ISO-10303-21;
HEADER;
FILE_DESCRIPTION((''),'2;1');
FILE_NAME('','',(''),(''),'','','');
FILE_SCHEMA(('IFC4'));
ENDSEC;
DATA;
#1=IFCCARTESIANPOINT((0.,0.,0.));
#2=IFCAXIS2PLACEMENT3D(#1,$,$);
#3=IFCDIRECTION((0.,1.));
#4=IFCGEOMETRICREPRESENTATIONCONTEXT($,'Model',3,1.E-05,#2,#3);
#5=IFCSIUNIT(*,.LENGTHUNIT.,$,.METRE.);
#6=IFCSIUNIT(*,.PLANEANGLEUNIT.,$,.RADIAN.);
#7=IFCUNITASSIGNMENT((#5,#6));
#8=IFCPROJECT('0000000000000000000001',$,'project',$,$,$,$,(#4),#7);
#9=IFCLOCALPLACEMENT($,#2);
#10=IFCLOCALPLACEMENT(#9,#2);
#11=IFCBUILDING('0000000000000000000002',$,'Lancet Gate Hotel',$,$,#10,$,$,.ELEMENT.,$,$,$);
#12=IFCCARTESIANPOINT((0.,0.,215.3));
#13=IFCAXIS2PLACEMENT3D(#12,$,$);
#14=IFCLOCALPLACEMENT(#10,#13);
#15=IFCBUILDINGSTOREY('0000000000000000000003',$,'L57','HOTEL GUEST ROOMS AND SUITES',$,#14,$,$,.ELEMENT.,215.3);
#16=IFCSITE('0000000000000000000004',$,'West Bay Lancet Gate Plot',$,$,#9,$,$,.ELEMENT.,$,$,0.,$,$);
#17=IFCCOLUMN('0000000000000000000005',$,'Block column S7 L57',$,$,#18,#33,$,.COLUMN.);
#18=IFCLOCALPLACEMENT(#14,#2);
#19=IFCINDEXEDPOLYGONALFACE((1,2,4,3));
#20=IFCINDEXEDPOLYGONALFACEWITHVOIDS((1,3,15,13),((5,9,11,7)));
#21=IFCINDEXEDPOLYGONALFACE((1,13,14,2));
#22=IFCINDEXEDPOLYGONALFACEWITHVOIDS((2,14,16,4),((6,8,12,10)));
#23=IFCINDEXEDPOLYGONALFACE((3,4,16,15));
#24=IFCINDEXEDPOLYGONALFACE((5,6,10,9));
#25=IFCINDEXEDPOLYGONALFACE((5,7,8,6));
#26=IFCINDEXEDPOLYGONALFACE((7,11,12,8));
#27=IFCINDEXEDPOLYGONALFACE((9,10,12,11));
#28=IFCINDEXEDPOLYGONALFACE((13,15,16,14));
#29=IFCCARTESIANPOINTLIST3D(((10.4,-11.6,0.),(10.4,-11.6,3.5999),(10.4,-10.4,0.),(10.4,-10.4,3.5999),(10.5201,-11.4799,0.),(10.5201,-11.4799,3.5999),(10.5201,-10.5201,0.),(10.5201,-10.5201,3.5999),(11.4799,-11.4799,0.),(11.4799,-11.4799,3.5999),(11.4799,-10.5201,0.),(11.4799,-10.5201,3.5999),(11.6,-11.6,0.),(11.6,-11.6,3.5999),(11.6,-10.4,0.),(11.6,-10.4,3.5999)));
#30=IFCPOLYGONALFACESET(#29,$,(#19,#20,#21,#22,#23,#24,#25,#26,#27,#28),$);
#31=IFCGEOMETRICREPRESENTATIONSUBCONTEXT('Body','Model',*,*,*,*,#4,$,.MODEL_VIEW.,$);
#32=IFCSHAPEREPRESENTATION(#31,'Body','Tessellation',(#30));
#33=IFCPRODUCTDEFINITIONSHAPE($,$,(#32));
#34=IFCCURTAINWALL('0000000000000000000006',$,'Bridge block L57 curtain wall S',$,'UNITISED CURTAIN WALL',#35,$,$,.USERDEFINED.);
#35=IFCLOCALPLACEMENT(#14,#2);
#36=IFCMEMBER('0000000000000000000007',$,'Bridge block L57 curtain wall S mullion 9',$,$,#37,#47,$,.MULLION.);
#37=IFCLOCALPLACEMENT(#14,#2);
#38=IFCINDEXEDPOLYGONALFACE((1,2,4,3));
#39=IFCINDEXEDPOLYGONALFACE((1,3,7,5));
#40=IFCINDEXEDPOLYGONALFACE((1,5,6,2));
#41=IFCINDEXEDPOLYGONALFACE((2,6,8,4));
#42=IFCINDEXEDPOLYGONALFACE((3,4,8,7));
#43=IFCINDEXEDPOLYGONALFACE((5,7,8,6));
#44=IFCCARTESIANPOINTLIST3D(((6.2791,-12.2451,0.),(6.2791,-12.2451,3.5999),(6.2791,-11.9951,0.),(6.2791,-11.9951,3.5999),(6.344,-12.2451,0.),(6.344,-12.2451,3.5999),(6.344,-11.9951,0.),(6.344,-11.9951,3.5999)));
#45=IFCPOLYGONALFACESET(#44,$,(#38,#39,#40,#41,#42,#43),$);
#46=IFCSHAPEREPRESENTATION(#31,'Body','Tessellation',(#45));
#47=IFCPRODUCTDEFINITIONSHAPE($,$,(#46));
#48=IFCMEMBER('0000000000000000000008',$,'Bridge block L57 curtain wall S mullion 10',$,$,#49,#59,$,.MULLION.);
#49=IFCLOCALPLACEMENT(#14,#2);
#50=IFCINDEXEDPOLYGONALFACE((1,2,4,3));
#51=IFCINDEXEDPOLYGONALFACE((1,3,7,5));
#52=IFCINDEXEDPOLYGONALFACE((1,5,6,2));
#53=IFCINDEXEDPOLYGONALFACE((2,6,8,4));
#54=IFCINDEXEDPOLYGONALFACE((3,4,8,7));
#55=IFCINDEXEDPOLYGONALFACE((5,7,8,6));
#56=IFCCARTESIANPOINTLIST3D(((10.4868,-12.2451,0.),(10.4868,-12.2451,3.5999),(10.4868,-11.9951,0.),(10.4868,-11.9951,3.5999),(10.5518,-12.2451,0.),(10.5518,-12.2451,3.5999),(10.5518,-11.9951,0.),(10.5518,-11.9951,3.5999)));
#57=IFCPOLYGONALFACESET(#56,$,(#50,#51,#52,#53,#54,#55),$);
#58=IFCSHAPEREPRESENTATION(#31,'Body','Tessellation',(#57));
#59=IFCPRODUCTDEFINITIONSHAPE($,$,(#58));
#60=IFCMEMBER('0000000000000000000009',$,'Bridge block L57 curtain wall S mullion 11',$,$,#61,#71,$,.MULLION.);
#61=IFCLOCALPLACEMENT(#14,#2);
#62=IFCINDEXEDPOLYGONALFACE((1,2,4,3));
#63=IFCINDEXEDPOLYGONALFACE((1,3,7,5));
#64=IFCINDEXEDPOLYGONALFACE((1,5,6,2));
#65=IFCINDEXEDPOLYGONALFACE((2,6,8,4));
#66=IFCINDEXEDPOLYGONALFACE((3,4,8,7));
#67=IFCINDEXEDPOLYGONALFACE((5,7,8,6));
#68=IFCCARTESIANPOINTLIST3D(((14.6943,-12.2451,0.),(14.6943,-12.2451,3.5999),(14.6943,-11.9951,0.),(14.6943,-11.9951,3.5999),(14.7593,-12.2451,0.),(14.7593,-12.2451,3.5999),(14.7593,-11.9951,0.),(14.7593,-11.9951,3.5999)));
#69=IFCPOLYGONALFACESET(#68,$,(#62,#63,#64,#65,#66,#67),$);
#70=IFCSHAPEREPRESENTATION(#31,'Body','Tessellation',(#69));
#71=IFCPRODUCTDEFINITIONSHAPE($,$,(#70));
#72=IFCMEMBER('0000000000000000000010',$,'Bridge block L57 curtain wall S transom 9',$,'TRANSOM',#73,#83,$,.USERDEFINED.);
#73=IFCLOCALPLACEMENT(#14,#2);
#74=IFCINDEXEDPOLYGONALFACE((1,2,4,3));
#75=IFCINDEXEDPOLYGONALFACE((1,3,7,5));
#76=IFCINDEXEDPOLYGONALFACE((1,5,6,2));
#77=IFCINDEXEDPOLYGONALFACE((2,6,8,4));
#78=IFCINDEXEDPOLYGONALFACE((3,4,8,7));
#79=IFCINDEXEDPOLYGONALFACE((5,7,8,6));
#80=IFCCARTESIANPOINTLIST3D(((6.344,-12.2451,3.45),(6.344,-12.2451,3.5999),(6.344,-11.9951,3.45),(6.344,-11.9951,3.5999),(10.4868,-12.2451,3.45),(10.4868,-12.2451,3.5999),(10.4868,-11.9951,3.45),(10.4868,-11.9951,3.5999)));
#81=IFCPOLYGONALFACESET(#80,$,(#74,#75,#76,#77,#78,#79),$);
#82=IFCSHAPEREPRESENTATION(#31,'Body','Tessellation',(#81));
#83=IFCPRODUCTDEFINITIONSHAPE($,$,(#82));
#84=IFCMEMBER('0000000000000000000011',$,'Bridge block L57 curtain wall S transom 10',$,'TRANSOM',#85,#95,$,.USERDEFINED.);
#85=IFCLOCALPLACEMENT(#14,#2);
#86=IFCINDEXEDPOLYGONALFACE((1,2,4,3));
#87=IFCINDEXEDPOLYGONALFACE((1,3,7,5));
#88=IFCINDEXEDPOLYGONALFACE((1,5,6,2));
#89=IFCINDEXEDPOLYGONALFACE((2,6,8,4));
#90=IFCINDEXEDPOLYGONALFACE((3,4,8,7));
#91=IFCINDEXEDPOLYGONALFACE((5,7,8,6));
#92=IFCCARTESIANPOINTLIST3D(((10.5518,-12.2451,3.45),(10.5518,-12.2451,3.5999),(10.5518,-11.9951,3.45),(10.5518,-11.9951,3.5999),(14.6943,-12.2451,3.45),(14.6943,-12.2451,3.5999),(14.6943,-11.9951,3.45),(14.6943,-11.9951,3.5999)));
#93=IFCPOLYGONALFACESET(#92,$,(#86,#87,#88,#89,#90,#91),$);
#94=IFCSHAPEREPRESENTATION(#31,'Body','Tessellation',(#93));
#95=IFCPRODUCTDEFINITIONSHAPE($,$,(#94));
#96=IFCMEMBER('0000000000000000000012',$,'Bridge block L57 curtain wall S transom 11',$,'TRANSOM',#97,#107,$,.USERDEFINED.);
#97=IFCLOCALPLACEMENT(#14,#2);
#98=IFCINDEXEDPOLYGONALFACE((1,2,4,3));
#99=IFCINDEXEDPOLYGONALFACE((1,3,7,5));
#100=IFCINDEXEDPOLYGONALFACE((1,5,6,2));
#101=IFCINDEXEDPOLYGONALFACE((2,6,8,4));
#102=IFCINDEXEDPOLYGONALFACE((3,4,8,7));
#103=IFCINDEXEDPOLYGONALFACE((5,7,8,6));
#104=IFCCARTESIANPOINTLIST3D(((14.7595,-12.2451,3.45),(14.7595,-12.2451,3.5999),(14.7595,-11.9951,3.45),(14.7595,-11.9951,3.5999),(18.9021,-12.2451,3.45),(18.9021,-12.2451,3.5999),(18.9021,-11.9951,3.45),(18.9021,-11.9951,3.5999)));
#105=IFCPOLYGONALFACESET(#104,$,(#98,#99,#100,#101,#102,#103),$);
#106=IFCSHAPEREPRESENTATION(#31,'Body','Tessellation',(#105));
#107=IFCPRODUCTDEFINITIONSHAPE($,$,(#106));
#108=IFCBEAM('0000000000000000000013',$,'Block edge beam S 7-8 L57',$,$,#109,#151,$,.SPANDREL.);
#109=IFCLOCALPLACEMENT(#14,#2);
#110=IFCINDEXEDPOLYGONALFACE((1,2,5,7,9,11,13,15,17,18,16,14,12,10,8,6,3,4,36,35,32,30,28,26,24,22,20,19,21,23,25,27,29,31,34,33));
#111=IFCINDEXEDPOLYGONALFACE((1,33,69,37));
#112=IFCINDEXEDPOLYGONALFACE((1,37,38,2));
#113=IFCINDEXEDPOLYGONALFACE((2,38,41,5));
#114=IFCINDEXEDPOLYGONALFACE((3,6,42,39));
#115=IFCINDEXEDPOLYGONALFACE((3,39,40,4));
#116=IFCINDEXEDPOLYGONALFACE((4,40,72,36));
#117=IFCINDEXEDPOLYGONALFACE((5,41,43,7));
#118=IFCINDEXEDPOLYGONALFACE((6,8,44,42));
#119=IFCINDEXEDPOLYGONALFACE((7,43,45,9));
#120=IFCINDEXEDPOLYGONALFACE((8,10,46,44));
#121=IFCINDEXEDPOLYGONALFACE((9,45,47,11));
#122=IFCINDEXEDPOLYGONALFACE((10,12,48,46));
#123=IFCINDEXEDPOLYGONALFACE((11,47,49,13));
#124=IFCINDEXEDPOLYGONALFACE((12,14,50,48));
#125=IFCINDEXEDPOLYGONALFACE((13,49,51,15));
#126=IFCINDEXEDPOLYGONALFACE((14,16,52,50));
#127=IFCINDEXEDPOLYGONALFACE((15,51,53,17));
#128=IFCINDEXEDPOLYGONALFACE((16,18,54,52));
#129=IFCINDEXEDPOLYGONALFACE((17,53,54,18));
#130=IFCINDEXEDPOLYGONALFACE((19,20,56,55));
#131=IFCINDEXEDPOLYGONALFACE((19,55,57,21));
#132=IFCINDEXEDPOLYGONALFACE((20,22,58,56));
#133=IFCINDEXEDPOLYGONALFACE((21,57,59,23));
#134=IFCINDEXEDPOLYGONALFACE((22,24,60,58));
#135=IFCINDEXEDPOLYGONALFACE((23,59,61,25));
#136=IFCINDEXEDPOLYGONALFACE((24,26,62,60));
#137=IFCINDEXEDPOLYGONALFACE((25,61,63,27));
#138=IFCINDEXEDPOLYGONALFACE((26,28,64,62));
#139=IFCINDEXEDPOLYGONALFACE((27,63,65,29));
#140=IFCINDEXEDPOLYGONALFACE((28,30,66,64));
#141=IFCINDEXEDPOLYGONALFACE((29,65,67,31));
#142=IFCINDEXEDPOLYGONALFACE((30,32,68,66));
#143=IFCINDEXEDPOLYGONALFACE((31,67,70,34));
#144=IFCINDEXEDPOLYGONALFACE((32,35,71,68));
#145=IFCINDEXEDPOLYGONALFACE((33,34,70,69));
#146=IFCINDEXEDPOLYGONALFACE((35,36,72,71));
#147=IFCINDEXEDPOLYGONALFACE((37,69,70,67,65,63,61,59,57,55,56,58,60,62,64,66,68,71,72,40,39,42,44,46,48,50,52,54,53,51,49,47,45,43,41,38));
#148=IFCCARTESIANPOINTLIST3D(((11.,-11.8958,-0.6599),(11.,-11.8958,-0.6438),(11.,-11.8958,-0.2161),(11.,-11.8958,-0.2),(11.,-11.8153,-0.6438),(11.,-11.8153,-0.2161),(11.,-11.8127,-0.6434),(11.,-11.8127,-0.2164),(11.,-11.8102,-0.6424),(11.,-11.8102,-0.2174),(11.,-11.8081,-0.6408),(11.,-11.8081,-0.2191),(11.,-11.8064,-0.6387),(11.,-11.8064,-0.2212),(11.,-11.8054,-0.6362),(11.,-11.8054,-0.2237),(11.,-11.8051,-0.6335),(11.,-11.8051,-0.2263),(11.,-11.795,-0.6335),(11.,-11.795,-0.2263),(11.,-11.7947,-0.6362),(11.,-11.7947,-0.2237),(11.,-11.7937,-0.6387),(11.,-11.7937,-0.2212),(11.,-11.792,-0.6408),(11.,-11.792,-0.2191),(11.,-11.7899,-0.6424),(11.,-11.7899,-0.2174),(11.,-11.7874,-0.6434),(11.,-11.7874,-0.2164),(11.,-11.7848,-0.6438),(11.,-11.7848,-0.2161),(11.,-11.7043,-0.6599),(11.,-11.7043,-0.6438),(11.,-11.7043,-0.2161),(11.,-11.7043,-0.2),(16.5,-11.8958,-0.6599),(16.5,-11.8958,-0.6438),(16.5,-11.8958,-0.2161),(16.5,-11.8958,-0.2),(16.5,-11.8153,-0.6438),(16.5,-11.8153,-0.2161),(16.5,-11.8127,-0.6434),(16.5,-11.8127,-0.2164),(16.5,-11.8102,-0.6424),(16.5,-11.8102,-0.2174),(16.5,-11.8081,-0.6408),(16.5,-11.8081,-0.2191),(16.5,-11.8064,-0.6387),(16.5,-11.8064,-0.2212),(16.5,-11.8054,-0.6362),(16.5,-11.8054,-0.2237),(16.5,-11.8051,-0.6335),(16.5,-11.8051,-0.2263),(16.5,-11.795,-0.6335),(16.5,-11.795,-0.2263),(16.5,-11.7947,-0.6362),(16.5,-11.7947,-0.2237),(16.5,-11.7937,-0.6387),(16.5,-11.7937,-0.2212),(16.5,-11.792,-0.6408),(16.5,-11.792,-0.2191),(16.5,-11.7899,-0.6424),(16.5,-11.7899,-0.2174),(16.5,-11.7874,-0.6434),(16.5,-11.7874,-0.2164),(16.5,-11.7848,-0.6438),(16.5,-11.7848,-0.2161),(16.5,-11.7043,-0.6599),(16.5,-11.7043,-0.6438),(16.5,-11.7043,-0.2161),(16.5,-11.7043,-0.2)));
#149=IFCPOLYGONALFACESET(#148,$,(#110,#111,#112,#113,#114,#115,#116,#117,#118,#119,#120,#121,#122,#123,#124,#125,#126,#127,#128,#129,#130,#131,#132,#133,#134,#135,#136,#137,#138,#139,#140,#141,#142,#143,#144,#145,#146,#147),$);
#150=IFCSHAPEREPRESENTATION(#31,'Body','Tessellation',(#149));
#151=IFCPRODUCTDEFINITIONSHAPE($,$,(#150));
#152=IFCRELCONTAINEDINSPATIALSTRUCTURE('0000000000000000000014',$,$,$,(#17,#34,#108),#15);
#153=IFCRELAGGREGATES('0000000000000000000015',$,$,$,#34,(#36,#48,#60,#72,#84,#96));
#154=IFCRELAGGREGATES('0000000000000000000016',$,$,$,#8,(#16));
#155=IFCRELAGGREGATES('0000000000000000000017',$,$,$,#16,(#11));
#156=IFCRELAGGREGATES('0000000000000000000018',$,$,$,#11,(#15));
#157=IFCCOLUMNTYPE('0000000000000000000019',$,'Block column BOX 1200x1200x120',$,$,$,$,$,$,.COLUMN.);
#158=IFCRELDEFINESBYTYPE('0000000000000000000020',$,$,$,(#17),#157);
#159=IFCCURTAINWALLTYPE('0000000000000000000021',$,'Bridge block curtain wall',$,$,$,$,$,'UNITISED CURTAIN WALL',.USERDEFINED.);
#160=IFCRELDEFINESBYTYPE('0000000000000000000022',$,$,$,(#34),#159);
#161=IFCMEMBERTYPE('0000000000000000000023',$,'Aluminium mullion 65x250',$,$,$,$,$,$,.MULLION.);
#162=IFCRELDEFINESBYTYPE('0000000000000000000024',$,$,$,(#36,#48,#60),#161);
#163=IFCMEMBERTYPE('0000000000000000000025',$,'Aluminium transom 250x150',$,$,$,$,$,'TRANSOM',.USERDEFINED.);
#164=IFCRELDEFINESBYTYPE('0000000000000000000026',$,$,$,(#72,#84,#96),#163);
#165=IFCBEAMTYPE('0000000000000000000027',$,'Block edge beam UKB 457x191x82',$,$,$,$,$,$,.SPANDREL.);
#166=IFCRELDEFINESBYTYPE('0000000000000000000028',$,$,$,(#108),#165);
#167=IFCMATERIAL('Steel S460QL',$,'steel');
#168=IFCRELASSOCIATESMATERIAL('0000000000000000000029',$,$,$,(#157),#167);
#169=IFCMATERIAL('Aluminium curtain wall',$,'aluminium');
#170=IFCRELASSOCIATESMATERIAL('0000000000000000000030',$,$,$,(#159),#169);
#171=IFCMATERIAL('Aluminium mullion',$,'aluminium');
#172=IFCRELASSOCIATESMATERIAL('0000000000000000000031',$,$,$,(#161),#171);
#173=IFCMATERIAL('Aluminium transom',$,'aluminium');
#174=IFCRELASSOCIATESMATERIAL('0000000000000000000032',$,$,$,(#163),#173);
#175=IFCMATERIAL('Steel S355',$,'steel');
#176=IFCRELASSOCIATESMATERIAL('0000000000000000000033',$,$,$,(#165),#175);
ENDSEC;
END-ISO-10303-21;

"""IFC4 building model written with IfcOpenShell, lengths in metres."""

from ifc_helpers import new_model, si_unit, direction, frame, origin, origin_2d, place, context, subcontext, project, spatial, rectangle, hollow_rectangle, i_section, extrude, material, material_profile, profile_set, type_object, element, aggregate, save


model = new_model("IFC4")

# Units and contexts
model_context = context("Model", 3, precision=1e-05, world=origin(), true_north=direction((0.0, 1.0)))
body_context = subcontext(model_context, "Body", "Model", "MODEL_VIEW")
ifc_project = project(units=[si_unit("LENGTHUNIT", "METRE"), si_unit("PLANEANGLEUNIT", "RADIAN")], contexts=[model_context])

# Site, building, storey
site_placement = place(None, origin())
site = spatial("IfcSite", under=ifc_project, at=site_placement, Name="West Bay Lancet Gate Plot", CompositionType="ELEMENT", RefElevation=0.0)
building_placement = place(site_placement, origin())
building = spatial("IfcBuilding", under=site, at=building_placement, Name="Lancet Gate Hotel", CompositionType="ELEMENT")
storey_placement = place(building_placement, frame((0.0, 0.0, 215.3)))
storey = spatial("IfcBuildingStorey", under=building, at=storey_placement, Name="L57", Description="HOTEL GUEST ROOMS AND SUITES", CompositionType="ELEMENT", Elevation=215.3)

# Column
ifc_material_1 = material(Name="Steel S460QL", Category="steel")
ifc_material_profile_1 = material_profile(ifc_material_1, hollow_rectangle(XDim=1.2, YDim=1.2, WallThickness=0.1201, at=origin_2d()), Name="BOX 1200x1200x120")
ifc_profile_set_1 = profile_set([ifc_material_profile_1], Name="Steel S460QL")
column_type = type_object("IfcColumnType", Name="Block column BOX 1200x1200x120", PredefinedType="COLUMN", material=ifc_profile_set_1)
column_placement = place(storey_placement, frame((11.0, -11.0, 0.0), z_axis=(0.0, 0.0, 1.0), x_axis=(1.0, 0.0, 0.0)))
element("IfcColumn", 1, at=column_placement, inside=storey, type_object=column_type, Name="Block column S7 L57", PredefinedType="COLUMN", context=body_context, shape_type="SweptSolid", body=[
    extrude(hollow_rectangle(XDim=1.2, YDim=1.2, WallThickness=0.1201, at=origin_2d()), origin(), (0.0, 0.0, 1.0), 3.5999),
])

# Curtain wall, members
ifc_material_2 = material(Name="Aluminium curtain wall", Category="aluminium")
curtain_wall_type = type_object("IfcCurtainWallType", Name="Bridge block curtain wall", ElementType="UNITISED CURTAIN WALL", PredefinedType="USERDEFINED", material=ifc_material_2)
curtain_wall_placement = place(storey_placement, origin())
curtain_wall = element("IfcCurtainWall", 2, at=curtain_wall_placement, inside=storey, type_object=curtain_wall_type, Name="Bridge block L57 curtain wall S", ObjectType="UNITISED CURTAIN WALL", PredefinedType="USERDEFINED")
ifc_material_3 = material(Name="Aluminium mullion", Category="aluminium")
ifc_material_profile_2 = material_profile(ifc_material_3, rectangle(XDim=0.0649, YDim=0.25, at=origin_2d()), Name="MULLION 65x250")
ifc_profile_set_2 = profile_set([ifc_material_profile_2], Name="Aluminium mullion")
member_type_1 = type_object("IfcMemberType", Name="Aluminium mullion 65x250", PredefinedType="MULLION", material=ifc_profile_set_2)
member_1_placement = place(storey_placement, frame((6.3115, -12.1201, 0.0), z_axis=(0.0, 0.0, 1.0), x_axis=(1.0, 0.0, 0.0)))
member_1 = element("IfcMember", 3, at=member_1_placement, type_object=member_type_1, Name="Bridge block L57 curtain wall S mullion 9", PredefinedType="MULLION", context=body_context, shape_type="SweptSolid", body=[
    extrude(rectangle(XDim=0.0649, YDim=0.25, at=origin_2d()), origin(), (0.0, 0.0, 1.0), 3.5999),
])
member_2_placement = place(storey_placement, frame((10.5193, -12.1201, 0.0), z_axis=(0.0, 0.0, 1.0), x_axis=(1.0, 0.0, 0.0)))
member_2 = element("IfcMember", 4, at=member_2_placement, type_object=member_type_1, Name="Bridge block L57 curtain wall S mullion 10", PredefinedType="MULLION", context=body_context, shape_type="SweptSolid", body=[
    extrude(rectangle(XDim=0.0649, YDim=0.25, at=origin_2d()), origin(), (0.0, 0.0, 1.0), 3.5999),
])
member_3_placement = place(storey_placement, frame((14.7268, -12.1201, 0.0), z_axis=(0.0, 0.0, 1.0), x_axis=(1.0, 0.0, 0.0)))
member_3 = element("IfcMember", 5, at=member_3_placement, type_object=member_type_1, Name="Bridge block L57 curtain wall S mullion 11", PredefinedType="MULLION", context=body_context, shape_type="SweptSolid", body=[
    extrude(rectangle(XDim=0.0649, YDim=0.25, at=origin_2d()), origin(), (0.0, 0.0, 1.0), 3.5999),
])
ifc_material_4 = material(Name="Aluminium transom", Category="aluminium")
ifc_material_profile_3 = material_profile(ifc_material_4, rectangle(XDim=0.25, YDim=0.1499, at=origin_2d()), Name="TRANSOM 250x150")
ifc_profile_set_3 = profile_set([ifc_material_profile_3], Name="Aluminium transom")
member_type_2 = type_object("IfcMemberType", Name="Aluminium transom 250x150", ElementType="TRANSOM", PredefinedType="USERDEFINED", material=ifc_profile_set_3)
member_4_placement = place(storey_placement, frame((6.344, -12.1201, 3.5249), z_axis=(1.0, 0.0, 0.0), x_axis=(0.0, 1.0, 0.0)))
member_4 = element("IfcMember", 6, at=member_4_placement, type_object=member_type_2, Name="Bridge block L57 curtain wall S transom 9", ObjectType="TRANSOM", PredefinedType="USERDEFINED", context=body_context, shape_type="SweptSolid", body=[
    extrude(rectangle(XDim=0.25, YDim=0.1499, at=origin_2d()), origin(), (0.0, 0.0, 1.0), 4.1428),
])
member_5_placement = place(storey_placement, frame((10.5518, -12.1201, 3.5249), z_axis=(1.0, 0.0, 0.0), x_axis=(0.0, 1.0, 0.0)))
member_5 = element("IfcMember", 7, at=member_5_placement, type_object=member_type_2, Name="Bridge block L57 curtain wall S transom 10", ObjectType="TRANSOM", PredefinedType="USERDEFINED", context=body_context, shape_type="SweptSolid", body=[
    extrude(rectangle(XDim=0.25, YDim=0.1499, at=origin_2d()), origin(), (0.0, 0.0, 1.0), 4.1426),
])
member_6_placement = place(storey_placement, frame((14.7595, -12.1201, 3.5249), z_axis=(1.0, 0.0, 0.0), x_axis=(0.0, 1.0, 0.0)))
member_6 = element("IfcMember", 8, at=member_6_placement, type_object=member_type_2, Name="Bridge block L57 curtain wall S transom 11", ObjectType="TRANSOM", PredefinedType="USERDEFINED", context=body_context, shape_type="SweptSolid", body=[
    extrude(rectangle(XDim=0.25, YDim=0.1499, at=origin_2d()), origin(), (0.0, 0.0, 1.0), 4.1426),
])

# Beam
ifc_material_5 = material(Name="Steel S355", Category="steel")
ifc_material_profile_4 = material_profile(ifc_material_5, i_section(OverallWidth=0.1914, OverallDepth=0.46, WebThickness=0.01, FlangeThickness=0.0161, FilletRadius=0.0103, at=origin_2d()), Name="UKB 457x191x82")
ifc_profile_set_4 = profile_set([ifc_material_profile_4], Name="Steel S355")
beam_type_1 = type_object("IfcBeamType", Name="Block edge beam UKB 457x191x82", PredefinedType="SPANDREL", material=ifc_profile_set_4)
beam_1_placement = place(storey_placement, frame((11.0, -11.8, -0.4299), z_axis=(1.0, 0.0, 0.0), x_axis=(0.0, 1.0, 0.0)))
element("IfcBeam", 9, at=beam_1_placement, inside=storey, type_object=beam_type_1, Name="Block edge beam S 7-8 L57", PredefinedType="SPANDREL", context=body_context, shape_type="SweptSolid", body=[
    extrude(i_section(OverallWidth=0.1914, OverallDepth=0.46, WebThickness=0.01, FlangeThickness=0.0161, FilletRadius=0.0103, at=origin_2d()), origin(), (0.0, 0.0, 1.0), 5.5),
])

aggregate(curtain_wall, [member_1, member_2, member_3, member_4, member_5, member_6])

save(model, "model.ifc")
